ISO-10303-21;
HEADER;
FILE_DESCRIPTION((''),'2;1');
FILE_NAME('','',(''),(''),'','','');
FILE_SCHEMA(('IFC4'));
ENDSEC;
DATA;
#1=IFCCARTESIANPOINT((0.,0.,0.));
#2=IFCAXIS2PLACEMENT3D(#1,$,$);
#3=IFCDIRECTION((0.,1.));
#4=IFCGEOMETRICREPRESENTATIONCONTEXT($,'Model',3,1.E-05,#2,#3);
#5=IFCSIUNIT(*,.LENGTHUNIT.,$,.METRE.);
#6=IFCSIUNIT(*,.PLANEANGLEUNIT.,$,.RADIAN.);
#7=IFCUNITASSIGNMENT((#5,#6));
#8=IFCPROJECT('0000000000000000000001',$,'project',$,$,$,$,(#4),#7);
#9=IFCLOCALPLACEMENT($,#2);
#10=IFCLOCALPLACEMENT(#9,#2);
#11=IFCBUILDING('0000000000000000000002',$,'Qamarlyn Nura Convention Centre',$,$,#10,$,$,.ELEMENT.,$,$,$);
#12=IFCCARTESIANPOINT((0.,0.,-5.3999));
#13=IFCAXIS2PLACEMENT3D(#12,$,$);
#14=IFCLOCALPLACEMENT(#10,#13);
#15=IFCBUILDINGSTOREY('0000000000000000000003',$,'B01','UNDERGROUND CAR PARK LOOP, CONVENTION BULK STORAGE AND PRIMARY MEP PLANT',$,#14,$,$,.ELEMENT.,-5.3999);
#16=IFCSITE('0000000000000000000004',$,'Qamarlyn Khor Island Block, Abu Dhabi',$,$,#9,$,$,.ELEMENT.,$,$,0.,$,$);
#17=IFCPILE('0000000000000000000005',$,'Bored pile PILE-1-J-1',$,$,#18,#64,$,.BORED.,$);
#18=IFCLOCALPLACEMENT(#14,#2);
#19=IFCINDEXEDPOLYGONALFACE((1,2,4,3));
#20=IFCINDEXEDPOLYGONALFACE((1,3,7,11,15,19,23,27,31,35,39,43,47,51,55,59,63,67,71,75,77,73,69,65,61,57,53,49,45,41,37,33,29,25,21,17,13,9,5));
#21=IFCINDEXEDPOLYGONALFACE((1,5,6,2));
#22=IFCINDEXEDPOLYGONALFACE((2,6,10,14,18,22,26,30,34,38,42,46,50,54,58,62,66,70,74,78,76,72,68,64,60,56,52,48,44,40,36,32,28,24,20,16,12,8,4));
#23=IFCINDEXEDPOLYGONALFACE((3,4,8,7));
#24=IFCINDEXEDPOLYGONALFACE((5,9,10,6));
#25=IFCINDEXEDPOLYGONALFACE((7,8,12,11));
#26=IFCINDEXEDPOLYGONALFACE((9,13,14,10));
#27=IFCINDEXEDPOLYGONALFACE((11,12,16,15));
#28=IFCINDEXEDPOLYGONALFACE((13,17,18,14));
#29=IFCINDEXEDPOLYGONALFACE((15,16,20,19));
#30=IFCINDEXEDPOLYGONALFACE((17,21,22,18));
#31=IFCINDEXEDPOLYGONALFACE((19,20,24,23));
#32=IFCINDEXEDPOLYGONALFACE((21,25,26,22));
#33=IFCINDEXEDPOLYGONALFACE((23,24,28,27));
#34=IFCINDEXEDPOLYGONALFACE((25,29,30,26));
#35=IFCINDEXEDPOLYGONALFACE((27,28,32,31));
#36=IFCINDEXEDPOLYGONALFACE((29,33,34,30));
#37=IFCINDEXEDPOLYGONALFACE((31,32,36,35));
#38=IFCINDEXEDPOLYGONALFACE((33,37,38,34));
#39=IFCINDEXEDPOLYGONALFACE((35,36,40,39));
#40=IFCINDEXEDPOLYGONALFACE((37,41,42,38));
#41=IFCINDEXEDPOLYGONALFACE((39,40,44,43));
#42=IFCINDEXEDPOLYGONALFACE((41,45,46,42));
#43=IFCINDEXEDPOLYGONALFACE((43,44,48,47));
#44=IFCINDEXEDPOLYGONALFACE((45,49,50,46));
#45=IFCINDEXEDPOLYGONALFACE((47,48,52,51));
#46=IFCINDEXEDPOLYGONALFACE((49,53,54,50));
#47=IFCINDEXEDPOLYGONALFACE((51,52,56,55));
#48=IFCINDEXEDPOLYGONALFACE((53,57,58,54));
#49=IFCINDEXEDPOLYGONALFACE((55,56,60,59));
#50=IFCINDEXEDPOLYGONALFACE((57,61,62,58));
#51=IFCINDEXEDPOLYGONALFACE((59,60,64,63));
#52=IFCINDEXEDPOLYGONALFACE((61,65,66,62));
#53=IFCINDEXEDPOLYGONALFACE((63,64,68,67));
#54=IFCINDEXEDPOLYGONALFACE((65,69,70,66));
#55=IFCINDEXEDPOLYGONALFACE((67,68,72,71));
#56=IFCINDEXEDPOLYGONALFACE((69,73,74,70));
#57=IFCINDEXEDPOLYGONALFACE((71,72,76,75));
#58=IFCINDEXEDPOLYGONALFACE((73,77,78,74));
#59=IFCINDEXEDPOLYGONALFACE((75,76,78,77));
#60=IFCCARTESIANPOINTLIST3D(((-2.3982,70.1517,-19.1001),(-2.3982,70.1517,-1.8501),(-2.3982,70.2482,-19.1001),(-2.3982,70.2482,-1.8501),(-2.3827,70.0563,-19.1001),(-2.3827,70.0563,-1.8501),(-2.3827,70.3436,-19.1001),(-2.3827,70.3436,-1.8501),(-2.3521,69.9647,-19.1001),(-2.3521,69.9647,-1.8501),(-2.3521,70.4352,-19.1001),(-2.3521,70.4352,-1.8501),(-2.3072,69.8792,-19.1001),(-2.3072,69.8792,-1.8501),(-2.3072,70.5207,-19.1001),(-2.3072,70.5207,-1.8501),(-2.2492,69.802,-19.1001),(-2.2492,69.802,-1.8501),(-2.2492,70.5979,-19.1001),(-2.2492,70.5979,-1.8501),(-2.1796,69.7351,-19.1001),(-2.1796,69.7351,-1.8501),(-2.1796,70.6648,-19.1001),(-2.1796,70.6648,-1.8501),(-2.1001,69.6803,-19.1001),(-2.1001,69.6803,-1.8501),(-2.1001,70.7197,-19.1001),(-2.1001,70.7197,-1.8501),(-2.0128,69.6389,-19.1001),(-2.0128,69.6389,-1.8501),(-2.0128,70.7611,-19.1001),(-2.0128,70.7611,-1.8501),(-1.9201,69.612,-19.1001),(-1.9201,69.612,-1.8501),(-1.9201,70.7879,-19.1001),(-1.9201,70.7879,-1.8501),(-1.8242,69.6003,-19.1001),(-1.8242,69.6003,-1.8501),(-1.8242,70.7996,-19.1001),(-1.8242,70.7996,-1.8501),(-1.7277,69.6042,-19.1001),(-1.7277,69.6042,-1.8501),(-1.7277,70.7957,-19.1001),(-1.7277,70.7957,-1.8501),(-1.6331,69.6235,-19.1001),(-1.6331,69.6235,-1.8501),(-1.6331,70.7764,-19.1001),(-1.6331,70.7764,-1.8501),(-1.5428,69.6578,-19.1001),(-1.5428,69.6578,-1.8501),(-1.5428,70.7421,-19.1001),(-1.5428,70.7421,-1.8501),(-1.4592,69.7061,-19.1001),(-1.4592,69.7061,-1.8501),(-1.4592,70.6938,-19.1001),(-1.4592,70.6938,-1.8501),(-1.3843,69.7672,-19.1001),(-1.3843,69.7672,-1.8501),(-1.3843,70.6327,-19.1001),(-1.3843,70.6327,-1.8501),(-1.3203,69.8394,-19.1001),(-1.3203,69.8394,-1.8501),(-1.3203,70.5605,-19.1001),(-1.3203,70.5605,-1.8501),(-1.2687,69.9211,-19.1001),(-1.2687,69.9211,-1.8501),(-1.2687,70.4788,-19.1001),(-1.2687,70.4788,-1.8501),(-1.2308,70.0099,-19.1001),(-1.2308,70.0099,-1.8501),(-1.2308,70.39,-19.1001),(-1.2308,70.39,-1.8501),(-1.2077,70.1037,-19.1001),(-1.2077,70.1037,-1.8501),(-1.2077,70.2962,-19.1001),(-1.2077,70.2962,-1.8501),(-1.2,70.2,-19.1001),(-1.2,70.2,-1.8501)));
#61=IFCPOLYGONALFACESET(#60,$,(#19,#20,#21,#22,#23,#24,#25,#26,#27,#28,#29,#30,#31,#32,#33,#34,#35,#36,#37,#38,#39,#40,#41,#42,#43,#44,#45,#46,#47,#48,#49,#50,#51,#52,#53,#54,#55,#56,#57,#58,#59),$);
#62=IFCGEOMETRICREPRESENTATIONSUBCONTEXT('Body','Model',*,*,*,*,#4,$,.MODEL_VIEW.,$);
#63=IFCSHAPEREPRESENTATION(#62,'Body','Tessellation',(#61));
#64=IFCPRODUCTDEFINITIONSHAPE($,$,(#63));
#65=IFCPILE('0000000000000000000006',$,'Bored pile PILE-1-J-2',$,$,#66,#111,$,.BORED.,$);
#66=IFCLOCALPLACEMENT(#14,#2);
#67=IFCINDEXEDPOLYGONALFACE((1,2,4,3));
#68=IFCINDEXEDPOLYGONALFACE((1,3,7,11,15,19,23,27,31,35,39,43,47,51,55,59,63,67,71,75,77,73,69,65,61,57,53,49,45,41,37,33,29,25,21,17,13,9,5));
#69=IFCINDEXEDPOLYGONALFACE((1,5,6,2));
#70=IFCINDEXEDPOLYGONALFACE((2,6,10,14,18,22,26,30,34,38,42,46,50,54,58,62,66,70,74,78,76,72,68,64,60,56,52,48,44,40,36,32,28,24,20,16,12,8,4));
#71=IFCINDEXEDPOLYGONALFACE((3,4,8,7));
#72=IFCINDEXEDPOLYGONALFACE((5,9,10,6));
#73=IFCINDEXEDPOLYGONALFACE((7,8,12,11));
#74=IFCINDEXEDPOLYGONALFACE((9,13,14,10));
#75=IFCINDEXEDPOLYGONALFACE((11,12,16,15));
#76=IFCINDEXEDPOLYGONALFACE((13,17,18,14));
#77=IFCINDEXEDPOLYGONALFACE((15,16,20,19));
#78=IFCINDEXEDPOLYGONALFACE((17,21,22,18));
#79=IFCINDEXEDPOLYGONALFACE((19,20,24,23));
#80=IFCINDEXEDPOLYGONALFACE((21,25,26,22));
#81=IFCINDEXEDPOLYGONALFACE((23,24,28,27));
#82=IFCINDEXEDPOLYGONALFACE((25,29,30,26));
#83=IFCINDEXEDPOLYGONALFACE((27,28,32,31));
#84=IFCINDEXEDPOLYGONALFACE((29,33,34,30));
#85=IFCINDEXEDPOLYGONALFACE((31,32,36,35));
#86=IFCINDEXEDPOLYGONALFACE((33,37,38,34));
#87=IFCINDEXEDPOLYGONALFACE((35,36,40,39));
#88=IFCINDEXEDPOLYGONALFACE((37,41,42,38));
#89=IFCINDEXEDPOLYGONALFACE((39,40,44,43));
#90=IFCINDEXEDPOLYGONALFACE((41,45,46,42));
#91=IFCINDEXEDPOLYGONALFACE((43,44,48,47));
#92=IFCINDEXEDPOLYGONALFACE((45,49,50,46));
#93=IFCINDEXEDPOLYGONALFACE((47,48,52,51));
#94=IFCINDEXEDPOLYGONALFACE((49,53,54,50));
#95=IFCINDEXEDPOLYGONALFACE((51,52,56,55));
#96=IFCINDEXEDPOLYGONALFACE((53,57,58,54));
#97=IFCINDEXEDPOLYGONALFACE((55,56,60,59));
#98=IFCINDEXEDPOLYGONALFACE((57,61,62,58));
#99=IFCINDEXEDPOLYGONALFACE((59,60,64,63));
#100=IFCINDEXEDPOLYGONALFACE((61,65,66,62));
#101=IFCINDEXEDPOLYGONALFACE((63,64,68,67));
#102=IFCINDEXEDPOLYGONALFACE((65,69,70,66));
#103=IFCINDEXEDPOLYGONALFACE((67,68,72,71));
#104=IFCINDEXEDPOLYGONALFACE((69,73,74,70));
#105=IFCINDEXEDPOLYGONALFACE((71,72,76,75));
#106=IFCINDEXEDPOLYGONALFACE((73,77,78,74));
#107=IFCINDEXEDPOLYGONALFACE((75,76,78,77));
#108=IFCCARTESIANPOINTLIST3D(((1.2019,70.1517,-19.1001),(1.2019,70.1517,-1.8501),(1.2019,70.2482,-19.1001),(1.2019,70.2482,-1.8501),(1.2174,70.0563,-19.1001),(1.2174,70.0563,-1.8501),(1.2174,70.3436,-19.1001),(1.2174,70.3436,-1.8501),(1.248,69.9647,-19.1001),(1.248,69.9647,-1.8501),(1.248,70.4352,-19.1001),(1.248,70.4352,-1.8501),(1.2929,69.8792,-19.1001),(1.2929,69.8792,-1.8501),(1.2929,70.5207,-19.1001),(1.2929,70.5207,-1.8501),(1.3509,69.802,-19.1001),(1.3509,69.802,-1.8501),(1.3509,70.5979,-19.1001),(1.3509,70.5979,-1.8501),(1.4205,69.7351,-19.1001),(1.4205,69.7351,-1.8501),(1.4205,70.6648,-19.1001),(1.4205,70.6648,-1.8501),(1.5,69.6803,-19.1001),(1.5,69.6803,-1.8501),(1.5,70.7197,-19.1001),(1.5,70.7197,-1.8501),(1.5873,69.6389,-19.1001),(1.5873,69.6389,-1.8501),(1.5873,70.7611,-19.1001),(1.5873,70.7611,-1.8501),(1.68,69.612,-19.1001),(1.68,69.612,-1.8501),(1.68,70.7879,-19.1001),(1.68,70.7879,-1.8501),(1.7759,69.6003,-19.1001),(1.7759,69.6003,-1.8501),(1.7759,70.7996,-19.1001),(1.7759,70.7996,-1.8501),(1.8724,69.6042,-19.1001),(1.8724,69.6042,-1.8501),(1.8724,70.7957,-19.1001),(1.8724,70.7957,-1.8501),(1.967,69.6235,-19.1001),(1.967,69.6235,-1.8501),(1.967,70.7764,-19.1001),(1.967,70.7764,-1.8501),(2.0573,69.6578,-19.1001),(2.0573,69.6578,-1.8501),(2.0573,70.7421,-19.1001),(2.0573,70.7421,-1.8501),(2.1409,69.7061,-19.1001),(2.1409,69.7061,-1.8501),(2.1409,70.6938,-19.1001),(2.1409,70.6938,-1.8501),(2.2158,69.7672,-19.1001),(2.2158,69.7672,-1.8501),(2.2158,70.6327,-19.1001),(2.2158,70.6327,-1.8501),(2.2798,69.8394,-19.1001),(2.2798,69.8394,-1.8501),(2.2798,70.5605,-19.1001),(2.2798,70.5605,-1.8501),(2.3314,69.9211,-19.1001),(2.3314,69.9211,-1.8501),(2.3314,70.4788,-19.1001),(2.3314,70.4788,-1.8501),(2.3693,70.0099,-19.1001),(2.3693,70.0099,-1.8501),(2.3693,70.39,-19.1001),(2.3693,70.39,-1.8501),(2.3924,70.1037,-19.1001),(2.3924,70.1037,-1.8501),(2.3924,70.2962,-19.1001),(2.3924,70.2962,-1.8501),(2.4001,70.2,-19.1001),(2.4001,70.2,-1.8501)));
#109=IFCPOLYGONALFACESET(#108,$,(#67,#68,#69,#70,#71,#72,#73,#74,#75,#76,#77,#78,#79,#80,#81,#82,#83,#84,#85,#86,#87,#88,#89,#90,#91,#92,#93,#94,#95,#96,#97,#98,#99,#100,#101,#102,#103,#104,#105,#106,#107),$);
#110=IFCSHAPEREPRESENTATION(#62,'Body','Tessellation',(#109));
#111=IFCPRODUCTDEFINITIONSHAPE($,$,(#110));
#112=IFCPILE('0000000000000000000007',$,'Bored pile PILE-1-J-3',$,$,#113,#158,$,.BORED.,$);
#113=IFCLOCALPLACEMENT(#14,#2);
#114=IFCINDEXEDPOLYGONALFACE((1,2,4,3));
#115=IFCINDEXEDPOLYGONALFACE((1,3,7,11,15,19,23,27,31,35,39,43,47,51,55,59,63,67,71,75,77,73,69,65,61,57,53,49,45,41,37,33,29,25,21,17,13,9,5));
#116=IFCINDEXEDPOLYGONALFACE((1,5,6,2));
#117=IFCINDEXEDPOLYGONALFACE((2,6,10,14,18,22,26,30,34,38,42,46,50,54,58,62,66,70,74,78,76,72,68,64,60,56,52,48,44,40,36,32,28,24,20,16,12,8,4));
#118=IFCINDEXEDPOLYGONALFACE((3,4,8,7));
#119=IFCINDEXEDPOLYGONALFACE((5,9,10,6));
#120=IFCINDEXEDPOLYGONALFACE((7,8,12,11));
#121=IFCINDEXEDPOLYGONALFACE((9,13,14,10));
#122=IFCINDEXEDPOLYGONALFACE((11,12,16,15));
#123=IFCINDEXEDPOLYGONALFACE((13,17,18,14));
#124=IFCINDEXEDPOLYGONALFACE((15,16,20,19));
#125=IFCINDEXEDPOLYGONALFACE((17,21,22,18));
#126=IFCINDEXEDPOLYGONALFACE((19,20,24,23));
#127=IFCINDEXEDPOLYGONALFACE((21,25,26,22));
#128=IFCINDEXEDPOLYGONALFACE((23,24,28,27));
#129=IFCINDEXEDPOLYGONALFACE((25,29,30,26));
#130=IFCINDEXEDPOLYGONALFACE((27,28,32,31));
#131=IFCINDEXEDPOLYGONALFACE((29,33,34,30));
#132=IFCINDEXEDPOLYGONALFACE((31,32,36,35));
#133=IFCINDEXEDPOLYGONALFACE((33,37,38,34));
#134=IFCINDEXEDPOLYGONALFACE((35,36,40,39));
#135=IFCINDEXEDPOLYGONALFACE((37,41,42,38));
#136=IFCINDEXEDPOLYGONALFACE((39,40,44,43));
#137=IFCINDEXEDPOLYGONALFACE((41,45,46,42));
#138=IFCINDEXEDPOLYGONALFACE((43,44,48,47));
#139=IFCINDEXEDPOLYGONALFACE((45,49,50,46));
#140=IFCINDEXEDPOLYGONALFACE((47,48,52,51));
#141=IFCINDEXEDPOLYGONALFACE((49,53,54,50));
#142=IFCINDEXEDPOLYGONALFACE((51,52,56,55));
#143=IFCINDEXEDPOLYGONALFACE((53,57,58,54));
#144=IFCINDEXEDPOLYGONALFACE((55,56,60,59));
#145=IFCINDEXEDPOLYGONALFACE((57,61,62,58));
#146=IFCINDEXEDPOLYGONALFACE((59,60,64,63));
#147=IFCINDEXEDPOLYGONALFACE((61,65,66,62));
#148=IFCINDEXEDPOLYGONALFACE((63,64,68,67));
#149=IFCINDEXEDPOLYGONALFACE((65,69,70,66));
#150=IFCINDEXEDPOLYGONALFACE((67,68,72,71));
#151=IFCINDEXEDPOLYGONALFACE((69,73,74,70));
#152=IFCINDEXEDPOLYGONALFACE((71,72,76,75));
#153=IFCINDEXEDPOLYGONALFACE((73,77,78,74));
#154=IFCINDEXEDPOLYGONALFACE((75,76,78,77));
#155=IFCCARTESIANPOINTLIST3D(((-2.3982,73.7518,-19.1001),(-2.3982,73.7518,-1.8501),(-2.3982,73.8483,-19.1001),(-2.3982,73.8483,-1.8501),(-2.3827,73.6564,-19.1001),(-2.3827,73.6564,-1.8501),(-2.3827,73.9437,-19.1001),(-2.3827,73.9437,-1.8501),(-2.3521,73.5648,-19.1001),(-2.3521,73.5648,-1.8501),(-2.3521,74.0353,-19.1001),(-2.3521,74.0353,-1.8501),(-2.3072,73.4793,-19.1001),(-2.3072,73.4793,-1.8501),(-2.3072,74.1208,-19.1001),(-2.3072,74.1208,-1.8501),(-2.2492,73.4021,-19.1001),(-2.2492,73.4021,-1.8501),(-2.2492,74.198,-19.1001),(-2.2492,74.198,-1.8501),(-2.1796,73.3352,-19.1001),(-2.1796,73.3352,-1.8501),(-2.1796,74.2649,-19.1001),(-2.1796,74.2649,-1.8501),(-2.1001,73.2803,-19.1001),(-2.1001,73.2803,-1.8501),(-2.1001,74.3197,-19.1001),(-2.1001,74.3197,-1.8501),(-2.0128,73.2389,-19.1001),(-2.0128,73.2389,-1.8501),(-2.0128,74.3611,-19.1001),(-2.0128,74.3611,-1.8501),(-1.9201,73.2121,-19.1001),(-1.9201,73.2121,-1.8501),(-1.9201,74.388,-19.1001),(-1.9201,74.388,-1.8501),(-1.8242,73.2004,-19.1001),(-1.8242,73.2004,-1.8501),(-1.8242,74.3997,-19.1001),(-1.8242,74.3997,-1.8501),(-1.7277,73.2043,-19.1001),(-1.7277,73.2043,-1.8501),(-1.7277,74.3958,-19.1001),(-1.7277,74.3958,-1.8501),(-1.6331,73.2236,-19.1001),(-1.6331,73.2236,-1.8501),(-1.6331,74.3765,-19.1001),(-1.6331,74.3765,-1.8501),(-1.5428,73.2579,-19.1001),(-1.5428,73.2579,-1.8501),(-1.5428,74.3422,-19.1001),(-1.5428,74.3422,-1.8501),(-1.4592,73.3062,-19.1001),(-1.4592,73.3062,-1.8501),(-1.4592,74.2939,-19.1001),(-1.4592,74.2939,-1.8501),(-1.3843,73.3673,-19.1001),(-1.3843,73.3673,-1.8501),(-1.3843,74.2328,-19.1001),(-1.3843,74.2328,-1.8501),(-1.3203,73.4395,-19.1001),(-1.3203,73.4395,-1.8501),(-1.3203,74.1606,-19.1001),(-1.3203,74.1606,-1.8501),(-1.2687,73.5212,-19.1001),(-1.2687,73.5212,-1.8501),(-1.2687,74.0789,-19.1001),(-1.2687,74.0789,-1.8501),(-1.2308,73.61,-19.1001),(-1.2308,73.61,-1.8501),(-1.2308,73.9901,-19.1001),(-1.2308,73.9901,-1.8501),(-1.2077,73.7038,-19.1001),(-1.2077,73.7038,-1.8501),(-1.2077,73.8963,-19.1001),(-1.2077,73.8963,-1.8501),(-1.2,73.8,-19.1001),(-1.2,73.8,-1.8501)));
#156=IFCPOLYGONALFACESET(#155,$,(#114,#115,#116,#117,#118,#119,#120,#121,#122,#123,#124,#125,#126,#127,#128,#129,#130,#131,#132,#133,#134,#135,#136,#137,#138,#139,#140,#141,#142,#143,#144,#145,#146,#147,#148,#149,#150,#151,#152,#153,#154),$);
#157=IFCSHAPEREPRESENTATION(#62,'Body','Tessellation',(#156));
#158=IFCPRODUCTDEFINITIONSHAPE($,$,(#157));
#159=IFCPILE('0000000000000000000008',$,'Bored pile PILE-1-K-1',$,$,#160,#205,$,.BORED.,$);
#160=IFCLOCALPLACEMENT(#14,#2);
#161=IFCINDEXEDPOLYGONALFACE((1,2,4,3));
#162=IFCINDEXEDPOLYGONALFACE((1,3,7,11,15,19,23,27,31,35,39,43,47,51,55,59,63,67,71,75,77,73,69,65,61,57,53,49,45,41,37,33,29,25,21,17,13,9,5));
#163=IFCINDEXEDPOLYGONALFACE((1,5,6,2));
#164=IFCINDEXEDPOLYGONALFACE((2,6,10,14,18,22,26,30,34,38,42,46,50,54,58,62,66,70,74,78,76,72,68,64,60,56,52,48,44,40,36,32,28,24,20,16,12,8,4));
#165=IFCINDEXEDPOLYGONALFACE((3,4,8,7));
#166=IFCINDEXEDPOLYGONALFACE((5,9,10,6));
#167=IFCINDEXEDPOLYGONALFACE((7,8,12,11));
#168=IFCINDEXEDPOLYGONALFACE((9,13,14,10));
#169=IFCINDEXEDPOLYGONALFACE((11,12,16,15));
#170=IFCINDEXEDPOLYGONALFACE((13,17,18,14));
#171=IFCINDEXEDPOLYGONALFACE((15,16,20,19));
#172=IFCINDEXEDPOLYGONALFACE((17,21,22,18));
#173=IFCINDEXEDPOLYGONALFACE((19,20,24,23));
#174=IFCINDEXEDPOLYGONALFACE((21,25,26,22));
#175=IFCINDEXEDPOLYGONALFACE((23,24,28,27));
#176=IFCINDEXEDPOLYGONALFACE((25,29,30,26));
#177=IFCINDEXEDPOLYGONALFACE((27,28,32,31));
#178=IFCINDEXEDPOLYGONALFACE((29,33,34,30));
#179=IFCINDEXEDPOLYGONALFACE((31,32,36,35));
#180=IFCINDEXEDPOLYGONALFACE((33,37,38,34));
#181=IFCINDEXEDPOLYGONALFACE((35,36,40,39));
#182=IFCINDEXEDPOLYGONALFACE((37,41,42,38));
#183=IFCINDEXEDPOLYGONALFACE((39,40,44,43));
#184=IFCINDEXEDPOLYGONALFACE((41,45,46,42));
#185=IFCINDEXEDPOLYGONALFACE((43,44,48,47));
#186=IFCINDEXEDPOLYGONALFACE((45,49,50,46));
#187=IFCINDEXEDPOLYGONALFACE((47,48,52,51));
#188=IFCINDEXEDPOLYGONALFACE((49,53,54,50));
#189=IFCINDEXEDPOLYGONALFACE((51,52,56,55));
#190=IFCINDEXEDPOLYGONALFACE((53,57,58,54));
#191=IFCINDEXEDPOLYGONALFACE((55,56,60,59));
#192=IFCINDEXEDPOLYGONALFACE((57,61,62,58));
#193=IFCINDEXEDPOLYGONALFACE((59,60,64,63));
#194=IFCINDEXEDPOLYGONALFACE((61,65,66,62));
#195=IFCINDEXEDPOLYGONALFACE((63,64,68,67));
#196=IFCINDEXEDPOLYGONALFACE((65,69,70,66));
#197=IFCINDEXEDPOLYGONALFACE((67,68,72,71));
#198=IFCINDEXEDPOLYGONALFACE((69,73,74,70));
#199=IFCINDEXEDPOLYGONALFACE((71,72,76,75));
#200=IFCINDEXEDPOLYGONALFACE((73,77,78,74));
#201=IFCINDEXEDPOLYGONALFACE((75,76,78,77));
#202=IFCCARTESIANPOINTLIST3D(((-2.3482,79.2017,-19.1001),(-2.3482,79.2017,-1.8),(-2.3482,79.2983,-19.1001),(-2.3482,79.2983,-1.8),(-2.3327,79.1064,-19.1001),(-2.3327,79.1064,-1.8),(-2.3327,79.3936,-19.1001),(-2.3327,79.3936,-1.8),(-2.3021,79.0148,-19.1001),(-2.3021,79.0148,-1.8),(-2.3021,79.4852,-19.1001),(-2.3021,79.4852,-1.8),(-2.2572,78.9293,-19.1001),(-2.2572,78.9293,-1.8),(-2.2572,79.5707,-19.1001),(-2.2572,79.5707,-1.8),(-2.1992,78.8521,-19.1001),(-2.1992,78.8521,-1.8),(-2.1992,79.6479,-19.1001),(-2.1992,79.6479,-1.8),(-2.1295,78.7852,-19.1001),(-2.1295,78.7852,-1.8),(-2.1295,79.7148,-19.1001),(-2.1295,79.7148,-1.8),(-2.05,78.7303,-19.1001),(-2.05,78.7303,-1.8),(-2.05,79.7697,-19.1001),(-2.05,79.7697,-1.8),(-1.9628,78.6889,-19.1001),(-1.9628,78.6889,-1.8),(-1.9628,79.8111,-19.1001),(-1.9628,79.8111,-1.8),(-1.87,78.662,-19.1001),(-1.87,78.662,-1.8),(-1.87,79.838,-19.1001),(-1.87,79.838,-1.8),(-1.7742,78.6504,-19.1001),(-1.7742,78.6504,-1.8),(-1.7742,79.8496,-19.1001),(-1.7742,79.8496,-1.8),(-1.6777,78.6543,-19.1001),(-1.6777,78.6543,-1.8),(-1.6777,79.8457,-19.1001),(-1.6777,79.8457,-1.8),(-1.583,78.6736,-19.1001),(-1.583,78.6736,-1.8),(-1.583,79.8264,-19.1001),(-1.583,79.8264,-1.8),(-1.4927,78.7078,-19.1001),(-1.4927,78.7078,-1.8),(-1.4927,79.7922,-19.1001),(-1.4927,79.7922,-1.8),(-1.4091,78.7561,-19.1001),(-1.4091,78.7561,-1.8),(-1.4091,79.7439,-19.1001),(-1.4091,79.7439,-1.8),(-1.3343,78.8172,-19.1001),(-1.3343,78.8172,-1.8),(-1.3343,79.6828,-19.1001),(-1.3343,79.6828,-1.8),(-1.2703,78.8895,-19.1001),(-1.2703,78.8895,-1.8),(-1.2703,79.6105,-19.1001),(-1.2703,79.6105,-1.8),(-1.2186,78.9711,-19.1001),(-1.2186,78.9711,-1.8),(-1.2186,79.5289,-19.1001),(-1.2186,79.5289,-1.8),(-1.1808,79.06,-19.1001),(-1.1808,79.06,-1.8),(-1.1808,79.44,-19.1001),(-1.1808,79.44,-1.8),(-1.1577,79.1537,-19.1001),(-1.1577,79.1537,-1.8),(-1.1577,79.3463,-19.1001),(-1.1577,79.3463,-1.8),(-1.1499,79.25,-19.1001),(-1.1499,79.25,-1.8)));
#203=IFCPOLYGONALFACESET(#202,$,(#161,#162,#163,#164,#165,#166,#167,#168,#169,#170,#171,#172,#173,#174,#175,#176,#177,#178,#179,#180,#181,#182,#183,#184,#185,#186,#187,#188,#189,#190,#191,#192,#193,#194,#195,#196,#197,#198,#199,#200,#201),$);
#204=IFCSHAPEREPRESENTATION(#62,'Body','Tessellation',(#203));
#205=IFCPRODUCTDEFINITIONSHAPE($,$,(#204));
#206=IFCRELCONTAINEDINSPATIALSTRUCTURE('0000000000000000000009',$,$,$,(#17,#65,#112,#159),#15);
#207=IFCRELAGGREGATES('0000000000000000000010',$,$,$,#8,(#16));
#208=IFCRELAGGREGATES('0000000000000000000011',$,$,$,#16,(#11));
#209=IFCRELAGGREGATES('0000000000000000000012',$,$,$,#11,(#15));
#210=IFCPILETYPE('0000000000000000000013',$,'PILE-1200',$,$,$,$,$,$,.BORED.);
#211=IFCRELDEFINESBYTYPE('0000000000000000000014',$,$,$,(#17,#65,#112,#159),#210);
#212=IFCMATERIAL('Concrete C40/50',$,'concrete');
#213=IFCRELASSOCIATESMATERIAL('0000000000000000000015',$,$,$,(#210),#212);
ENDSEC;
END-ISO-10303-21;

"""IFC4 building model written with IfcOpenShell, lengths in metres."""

from ifc_helpers import new_model, si_unit, direction, frame, origin, origin_2d, place, context, subcontext, project, spatial, circle, extrude, material, material_profile, profile_set, type_object, element, save


model = new_model("IFC4")

# Units and contexts
model_context = context("Model", 3, precision=1e-05, world=origin(), true_north=direction((0.0, 1.0)))
body_context = subcontext(model_context, "Body", "Model", "MODEL_VIEW")
ifc_project = project(units=[si_unit("LENGTHUNIT", "METRE"), si_unit("PLANEANGLEUNIT", "RADIAN")], contexts=[model_context])

# Site, building, storey
site_placement = place(None, origin())
site = spatial("IfcSite", under=ifc_project, at=site_placement, Name="Qamarlyn Khor Island Block, Abu Dhabi", CompositionType="ELEMENT", RefElevation=0.0)
building_placement = place(site_placement, origin())
building = spatial("IfcBuilding", under=site, at=building_placement, Name="Qamarlyn Nura Convention Centre", CompositionType="ELEMENT")
storey_placement = place(building_placement, frame((0.0, 0.0, -5.3999)))
storey = spatial("IfcBuildingStorey", under=building, at=storey_placement, Name="B01", Description="UNDERGROUND CAR PARK LOOP, CONVENTION BULK STORAGE AND PRIMARY MEP PLANT", CompositionType="ELEMENT", Elevation=-5.3999)

# Shared definitions
ifc_material_1 = material(Name="Concrete C40/50", Category="concrete")

# Piles
ifc_material_profile_1 = material_profile(ifc_material_1, circle(Radius=0.6001, at=origin_2d()), Name="BORED PILE 1200")
ifc_profile_set_1 = profile_set([ifc_material_profile_1], Name="Concrete C40/50")
pile_type = type_object("IfcPileType", Name="PILE-1200", PredefinedType="BORED", material=ifc_profile_set_1)
for number, where, z_axis, x_axis, name in (
    (1, (-1.8, 70.2, -1.8501), (0.0, 0.0, -1.0), (1.0, 0.0, 0.0), "Bored pile PILE-1-J-1"),
    (2, (1.8, 70.2, -1.8501), (0.0, 0.0, -1.0), (1.0, 0.0, 0.0), "Bored pile PILE-1-J-2"),
    (3, (-1.8, 73.8, -1.8501), (0.0, 0.0, -1.0), (1.0, 0.0, 0.0), "Bored pile PILE-1-J-3"),
):
    element("IfcPile", number, at=place(storey_placement, frame(where, z_axis=z_axis, x_axis=x_axis)), inside=storey, type_object=pile_type, Name=name, PredefinedType="BORED", context=body_context, shape_type="SweptSolid", body=[
        extrude(circle(Radius=0.6001, at=origin_2d()), origin(), (0.0, 0.0, 1.0), 17.25),
    ])
for number, where, z_axis, x_axis, name in (
    (4, (-1.75, 79.25, -1.8), (0.0, 0.0, -1.0), (1.0, 0.0, 0.0), "Bored pile PILE-1-K-1"),
):
    element("IfcPile", number, at=place(storey_placement, frame(where, z_axis=z_axis, x_axis=x_axis)), inside=storey, type_object=pile_type, Name=name, PredefinedType="BORED", context=body_context, shape_type="SweptSolid", body=[
        extrude(circle(Radius=0.6001, at=origin_2d()), origin(), (0.0, 0.0, 1.0), 17.3),
    ])

save(model, "model.ifc")
